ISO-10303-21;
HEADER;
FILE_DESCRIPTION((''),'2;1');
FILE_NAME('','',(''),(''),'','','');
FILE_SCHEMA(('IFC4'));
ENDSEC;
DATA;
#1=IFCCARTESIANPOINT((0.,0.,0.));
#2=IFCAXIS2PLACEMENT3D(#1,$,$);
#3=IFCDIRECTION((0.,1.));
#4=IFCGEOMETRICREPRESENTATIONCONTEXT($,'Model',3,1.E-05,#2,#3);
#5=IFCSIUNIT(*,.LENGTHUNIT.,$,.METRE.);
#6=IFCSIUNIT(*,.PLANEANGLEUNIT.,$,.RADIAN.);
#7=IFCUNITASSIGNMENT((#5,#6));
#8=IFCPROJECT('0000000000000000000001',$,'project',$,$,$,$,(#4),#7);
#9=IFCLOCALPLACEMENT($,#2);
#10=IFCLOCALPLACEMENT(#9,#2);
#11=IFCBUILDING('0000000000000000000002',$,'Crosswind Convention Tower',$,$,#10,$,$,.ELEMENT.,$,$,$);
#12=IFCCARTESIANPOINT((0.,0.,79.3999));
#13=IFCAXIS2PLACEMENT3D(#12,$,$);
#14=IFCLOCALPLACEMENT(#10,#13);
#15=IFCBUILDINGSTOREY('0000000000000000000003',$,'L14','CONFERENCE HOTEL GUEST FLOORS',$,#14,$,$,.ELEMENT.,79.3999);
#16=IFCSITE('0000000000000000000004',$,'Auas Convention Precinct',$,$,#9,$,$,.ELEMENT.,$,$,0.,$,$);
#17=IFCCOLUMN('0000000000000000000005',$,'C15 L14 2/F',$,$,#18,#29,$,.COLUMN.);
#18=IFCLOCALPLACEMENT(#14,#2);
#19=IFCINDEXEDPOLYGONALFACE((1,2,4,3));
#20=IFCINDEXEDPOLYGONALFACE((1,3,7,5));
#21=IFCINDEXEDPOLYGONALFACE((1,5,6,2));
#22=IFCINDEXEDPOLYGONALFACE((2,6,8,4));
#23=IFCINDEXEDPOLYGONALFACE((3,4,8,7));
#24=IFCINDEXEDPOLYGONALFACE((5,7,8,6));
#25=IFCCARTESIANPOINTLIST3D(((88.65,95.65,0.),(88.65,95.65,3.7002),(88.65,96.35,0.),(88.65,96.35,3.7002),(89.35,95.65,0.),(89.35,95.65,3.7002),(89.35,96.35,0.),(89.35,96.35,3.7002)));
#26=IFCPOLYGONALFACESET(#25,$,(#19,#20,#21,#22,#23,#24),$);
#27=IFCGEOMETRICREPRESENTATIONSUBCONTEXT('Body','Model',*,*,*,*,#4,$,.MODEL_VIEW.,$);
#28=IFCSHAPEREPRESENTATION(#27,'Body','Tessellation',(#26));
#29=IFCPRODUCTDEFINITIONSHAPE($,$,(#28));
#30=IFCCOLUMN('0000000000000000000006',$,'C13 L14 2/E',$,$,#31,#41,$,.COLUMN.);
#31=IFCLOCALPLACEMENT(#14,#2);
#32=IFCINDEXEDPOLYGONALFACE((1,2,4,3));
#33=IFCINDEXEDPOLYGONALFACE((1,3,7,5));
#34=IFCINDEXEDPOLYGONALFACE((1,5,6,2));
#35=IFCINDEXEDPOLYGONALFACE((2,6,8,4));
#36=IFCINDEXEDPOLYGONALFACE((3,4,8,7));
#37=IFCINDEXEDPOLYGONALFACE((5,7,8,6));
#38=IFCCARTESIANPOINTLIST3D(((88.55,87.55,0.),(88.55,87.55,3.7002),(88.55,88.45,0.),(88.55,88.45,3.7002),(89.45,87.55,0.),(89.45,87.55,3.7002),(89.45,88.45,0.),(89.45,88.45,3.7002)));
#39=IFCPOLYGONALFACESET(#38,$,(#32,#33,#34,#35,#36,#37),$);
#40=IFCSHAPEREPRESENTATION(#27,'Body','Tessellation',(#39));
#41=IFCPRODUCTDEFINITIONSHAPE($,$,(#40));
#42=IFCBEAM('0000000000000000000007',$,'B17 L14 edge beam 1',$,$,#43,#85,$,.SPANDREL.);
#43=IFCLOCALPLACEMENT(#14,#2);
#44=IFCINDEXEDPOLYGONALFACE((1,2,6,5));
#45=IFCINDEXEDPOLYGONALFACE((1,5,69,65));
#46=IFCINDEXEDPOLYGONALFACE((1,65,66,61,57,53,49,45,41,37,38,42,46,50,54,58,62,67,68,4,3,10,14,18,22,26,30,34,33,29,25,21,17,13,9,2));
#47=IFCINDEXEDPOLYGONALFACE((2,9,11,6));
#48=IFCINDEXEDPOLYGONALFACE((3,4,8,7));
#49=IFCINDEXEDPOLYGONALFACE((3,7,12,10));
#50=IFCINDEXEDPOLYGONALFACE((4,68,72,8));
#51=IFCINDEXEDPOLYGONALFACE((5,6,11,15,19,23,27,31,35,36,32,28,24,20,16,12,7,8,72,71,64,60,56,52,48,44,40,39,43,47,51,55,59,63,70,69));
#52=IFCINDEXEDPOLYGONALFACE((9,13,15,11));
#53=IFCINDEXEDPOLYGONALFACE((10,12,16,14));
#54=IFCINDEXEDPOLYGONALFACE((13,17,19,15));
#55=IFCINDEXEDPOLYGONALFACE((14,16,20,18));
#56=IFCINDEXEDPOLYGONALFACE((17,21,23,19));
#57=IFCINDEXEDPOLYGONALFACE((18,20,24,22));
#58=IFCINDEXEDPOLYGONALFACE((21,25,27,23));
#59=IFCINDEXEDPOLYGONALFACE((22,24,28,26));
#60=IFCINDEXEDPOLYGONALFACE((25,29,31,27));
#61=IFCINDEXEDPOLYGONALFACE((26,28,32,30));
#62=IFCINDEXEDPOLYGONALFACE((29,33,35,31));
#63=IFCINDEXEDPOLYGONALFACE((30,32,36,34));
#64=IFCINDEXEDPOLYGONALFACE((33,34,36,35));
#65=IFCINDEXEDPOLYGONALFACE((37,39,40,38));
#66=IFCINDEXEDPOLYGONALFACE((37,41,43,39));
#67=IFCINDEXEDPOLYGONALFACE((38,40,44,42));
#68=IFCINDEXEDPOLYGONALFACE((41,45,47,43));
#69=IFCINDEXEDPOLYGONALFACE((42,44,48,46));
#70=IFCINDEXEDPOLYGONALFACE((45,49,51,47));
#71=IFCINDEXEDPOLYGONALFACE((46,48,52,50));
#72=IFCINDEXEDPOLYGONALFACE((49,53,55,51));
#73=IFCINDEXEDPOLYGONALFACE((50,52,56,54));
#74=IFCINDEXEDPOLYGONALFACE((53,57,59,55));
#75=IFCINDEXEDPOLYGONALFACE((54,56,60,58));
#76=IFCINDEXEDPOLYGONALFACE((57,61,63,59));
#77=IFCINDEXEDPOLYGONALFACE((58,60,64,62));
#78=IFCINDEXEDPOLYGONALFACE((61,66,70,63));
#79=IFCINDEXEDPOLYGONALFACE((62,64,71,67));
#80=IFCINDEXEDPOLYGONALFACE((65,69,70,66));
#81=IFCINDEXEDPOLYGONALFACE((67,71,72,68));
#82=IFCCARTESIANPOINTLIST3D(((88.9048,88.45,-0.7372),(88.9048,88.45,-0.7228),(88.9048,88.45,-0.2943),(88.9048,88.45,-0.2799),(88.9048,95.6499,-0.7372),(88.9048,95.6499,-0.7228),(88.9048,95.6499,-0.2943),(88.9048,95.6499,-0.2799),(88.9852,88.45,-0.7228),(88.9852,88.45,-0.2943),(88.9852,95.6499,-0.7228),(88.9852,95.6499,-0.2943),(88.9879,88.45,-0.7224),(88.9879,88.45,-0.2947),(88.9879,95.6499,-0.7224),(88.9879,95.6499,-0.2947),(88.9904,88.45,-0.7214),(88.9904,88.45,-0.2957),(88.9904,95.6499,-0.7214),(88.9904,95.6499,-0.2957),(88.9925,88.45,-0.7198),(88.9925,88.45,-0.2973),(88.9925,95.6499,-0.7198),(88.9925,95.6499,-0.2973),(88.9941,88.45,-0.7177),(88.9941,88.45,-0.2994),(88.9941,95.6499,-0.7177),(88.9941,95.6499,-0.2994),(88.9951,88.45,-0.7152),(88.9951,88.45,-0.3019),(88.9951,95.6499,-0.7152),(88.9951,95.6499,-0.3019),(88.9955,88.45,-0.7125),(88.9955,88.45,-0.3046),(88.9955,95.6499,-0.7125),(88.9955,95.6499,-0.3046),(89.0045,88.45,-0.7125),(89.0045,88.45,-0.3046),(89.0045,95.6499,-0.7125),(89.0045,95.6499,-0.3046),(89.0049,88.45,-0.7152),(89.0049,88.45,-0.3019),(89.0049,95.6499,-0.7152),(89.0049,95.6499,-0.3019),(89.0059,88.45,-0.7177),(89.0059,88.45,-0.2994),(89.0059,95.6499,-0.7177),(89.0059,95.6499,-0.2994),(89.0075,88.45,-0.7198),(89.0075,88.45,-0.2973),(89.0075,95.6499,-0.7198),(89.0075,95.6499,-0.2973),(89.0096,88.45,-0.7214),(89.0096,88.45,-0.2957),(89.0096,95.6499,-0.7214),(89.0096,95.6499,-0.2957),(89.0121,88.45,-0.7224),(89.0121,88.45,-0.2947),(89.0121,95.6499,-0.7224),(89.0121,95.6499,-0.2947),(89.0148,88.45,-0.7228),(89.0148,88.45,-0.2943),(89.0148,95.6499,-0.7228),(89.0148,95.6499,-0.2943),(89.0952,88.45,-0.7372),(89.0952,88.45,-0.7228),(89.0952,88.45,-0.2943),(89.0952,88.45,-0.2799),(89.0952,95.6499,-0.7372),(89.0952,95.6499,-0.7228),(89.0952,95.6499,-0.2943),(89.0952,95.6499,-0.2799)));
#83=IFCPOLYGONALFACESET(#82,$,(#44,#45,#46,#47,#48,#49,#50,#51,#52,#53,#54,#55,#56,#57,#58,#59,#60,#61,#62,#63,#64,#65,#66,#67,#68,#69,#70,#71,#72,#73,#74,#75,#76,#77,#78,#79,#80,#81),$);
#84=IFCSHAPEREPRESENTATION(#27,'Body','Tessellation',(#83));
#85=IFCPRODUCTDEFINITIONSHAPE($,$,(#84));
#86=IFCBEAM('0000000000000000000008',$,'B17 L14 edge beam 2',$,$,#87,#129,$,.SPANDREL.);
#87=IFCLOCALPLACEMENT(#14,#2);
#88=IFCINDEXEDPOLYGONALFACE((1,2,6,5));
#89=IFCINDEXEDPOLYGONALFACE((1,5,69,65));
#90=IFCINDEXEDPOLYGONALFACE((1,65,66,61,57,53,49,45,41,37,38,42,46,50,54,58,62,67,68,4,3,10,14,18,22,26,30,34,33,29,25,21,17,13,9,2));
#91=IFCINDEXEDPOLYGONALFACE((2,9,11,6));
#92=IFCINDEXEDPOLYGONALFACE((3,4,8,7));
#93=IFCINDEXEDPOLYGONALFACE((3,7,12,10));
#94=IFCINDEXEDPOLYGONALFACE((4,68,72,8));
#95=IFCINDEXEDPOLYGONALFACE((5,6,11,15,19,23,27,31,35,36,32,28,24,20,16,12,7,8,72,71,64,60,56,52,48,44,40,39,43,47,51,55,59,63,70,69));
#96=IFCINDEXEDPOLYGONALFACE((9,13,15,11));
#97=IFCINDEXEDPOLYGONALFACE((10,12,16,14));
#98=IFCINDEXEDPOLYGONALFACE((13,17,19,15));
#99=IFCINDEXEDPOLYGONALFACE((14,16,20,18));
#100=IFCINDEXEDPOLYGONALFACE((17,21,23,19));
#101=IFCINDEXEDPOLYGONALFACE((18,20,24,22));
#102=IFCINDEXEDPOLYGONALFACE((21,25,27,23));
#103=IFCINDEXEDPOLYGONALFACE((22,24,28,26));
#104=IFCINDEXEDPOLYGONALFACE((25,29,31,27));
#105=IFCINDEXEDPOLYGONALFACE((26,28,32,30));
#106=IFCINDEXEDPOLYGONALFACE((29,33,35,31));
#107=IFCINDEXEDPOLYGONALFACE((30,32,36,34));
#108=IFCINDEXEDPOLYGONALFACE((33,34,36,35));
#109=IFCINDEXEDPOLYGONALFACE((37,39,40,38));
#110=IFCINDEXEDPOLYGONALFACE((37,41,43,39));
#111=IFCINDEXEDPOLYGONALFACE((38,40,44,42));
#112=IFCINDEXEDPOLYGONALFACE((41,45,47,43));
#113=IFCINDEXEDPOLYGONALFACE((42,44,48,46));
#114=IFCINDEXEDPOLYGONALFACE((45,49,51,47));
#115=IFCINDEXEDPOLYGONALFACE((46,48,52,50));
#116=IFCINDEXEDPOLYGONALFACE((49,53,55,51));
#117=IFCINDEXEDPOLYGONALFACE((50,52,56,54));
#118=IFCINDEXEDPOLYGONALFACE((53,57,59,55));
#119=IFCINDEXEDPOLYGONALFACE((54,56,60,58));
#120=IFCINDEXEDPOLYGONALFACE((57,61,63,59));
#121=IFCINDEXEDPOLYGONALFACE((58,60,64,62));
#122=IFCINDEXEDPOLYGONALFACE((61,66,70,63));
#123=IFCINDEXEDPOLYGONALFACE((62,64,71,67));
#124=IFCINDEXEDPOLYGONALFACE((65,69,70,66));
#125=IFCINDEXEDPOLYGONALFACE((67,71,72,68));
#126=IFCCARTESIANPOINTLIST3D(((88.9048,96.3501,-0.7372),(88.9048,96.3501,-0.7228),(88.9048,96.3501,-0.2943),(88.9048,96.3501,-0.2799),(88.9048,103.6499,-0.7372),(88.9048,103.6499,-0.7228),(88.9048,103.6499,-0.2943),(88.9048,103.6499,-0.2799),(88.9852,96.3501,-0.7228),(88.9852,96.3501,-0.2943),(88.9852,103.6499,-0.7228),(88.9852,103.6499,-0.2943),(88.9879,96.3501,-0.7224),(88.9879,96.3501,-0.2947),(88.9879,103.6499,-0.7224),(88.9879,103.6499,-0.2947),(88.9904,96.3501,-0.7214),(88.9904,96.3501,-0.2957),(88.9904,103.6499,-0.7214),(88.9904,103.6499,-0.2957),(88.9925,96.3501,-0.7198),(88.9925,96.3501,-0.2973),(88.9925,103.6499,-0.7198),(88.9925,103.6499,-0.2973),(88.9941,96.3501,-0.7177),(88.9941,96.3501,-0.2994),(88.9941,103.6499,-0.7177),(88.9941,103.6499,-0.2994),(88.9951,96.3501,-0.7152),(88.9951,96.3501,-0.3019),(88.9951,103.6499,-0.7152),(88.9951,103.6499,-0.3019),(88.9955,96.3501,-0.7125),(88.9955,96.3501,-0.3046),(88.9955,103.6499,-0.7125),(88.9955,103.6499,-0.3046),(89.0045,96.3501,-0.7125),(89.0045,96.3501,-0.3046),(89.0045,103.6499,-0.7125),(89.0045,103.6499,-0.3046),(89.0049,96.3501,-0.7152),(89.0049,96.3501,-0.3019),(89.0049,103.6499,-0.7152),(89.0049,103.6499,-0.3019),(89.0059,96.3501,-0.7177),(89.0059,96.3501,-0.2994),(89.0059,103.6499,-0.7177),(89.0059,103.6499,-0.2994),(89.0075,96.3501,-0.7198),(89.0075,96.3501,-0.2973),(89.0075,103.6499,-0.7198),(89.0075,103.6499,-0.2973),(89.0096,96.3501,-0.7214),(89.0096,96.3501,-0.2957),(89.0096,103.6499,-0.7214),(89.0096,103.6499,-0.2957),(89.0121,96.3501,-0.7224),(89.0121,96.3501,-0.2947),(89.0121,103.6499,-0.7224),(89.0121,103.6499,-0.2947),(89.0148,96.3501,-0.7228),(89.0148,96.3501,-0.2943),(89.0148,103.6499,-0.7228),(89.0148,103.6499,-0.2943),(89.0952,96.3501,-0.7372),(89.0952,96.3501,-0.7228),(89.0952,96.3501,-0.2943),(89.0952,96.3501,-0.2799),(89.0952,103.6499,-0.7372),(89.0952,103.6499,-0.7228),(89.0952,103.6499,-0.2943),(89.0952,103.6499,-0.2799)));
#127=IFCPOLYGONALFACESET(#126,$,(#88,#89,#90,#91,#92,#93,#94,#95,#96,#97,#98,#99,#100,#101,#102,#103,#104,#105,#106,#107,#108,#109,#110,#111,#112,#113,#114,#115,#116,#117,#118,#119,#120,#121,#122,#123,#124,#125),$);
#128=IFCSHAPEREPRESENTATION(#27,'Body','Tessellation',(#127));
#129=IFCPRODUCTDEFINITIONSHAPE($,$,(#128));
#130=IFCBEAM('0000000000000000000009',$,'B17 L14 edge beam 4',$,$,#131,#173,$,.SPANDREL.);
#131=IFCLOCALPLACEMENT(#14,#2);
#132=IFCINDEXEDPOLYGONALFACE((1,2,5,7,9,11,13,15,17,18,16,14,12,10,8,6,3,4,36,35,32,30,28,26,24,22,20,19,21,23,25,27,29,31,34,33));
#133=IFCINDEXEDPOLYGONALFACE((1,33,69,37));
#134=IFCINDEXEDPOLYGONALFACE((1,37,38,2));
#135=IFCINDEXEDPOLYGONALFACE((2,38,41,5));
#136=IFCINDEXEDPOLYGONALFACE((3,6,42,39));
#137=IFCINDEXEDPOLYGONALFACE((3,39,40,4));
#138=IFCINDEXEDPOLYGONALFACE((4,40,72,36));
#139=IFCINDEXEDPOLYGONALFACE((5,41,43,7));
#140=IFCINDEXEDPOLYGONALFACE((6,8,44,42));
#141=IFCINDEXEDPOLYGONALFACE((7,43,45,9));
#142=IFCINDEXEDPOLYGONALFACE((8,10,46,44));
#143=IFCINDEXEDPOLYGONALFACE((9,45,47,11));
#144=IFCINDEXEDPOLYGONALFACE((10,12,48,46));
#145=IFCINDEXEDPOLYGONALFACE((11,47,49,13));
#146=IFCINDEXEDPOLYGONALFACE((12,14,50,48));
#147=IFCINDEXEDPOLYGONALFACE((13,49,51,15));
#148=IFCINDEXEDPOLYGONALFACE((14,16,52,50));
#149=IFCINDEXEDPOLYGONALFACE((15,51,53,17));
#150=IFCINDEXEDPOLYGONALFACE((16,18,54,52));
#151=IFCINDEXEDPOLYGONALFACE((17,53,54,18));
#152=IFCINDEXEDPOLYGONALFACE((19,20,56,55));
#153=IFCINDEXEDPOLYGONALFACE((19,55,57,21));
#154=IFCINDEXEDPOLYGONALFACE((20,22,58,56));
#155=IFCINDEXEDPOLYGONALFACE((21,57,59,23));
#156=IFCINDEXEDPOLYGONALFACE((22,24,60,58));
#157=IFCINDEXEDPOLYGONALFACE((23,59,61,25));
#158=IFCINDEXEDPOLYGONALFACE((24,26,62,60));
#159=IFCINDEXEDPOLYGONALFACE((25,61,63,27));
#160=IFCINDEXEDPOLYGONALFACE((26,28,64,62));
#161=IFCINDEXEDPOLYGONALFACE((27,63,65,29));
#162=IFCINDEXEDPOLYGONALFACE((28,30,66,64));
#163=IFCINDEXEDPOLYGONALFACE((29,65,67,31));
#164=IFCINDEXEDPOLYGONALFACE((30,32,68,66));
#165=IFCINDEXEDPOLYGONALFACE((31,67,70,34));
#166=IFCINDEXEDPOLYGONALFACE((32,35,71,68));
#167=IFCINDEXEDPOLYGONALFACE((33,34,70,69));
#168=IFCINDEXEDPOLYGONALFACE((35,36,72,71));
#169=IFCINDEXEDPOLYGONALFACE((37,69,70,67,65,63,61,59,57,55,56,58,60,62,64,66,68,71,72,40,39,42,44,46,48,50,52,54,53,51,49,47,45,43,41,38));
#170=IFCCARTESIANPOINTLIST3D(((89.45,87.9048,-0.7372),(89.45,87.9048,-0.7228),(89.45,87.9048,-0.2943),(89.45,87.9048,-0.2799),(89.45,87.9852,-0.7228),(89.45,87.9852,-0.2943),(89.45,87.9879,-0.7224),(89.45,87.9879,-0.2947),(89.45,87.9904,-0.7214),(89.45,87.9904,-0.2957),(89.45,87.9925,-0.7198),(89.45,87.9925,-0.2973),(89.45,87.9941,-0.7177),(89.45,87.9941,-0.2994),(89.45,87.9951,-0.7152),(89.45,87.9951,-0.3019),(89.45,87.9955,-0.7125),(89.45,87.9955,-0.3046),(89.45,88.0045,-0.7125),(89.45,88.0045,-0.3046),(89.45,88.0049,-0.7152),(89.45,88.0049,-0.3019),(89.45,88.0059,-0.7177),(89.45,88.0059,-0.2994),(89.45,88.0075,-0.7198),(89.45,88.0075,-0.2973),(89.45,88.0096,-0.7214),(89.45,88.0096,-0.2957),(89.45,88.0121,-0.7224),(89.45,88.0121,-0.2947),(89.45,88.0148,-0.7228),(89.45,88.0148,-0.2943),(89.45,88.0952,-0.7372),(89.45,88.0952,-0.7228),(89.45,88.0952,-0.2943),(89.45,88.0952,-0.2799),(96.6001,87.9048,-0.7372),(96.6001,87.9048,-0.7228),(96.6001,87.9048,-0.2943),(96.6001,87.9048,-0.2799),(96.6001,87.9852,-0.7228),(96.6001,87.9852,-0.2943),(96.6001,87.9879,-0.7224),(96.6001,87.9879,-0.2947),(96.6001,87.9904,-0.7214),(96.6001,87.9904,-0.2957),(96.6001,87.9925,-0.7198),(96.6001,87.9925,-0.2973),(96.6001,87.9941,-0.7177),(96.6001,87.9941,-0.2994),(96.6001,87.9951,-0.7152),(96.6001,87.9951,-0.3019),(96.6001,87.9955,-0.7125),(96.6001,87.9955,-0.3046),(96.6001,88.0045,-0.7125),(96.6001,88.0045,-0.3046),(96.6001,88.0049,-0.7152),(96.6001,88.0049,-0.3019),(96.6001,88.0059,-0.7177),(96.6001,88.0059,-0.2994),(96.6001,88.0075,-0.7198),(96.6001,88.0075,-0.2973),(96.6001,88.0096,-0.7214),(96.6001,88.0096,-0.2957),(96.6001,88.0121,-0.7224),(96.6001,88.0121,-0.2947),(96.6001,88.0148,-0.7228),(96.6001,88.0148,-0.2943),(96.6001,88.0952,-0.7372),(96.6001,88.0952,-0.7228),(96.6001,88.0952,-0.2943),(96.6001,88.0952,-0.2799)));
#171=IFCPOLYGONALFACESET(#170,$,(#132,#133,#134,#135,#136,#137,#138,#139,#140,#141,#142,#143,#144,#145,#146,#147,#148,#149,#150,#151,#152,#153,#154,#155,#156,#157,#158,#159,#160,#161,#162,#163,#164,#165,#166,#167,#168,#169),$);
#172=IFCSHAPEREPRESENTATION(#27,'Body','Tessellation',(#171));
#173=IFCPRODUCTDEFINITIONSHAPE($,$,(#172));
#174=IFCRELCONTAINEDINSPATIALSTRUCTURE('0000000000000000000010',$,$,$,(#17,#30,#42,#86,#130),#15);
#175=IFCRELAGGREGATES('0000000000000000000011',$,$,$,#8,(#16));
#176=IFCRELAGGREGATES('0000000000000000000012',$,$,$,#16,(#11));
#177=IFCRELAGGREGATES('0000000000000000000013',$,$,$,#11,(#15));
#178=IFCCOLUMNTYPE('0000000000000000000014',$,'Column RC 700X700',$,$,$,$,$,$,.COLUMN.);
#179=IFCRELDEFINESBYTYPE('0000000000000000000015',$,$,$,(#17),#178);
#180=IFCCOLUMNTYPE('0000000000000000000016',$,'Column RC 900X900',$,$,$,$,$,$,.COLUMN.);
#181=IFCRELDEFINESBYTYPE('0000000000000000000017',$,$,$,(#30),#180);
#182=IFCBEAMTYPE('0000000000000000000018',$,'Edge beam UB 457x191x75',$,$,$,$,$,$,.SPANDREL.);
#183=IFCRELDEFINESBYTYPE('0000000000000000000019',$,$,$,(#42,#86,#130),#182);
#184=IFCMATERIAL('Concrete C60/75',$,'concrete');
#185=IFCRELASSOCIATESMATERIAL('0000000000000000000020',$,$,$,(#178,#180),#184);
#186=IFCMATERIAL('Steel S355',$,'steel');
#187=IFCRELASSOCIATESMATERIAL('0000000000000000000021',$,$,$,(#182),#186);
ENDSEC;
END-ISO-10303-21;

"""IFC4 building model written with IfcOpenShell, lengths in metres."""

from ifc_helpers import new_model, si_unit, direction, frame, origin, origin_2d, place, context, subcontext, project, spatial, rectangle, i_section, extrude, material, material_profile, profile_set, type_object, element, save


model = new_model("IFC4")

# Units and contexts
model_context = context("Model", 3, precision=1e-05, world=origin(), true_north=direction((0.0, 1.0)))
body_context = subcontext(model_context, "Body", "Model", "MODEL_VIEW")
ifc_project = project(units=[si_unit("LENGTHUNIT", "METRE"), si_unit("PLANEANGLEUNIT", "RADIAN")], contexts=[model_context])

# Site, building, storey
site_placement = place(None, origin())
site = spatial("IfcSite", under=ifc_project, at=site_placement, Name="Auas Convention Precinct", CompositionType="ELEMENT", RefElevation=0.0)
building_placement = place(site_placement, origin())
building = spatial("IfcBuilding", under=site, at=building_placement, Name="Crosswind Convention Tower", CompositionType="ELEMENT")
storey_placement = place(building_placement, frame((0.0, 0.0, 79.3999)))
storey = spatial("IfcBuildingStorey", under=building, at=storey_placement, Name="L14", Description="CONFERENCE HOTEL GUEST FLOORS", CompositionType="ELEMENT", Elevation=79.3999)

# Columns
ifc_material_1 = material(Name="Concrete C60/75", Category="concrete")
ifc_material_profile_1 = material_profile(ifc_material_1, rectangle(XDim=0.7, YDim=0.7, at=origin_2d()), Name="RC 700X700")
ifc_profile_set_1 = profile_set([ifc_material_profile_1], Name="Concrete C60/75")
column_type_1 = type_object("IfcColumnType", Name="Column RC 700X700", PredefinedType="COLUMN", material=ifc_profile_set_1)
column_1_placement = place(storey_placement, frame((89.0, 96.0, 0.0), z_axis=(0.0, 0.0, 1.0), x_axis=(1.0, 0.0, 0.0)))
element("IfcColumn", 1, at=column_1_placement, inside=storey, type_object=column_type_1, Name="C15 L14 2/F", PredefinedType="COLUMN", context=body_context, shape_type="SweptSolid", body=[
    extrude(rectangle(XDim=0.7, YDim=0.7, at=origin_2d()), origin(), (0.0, 0.0, 1.0), 3.7002),
])
ifc_material_profile_2 = material_profile(ifc_material_1, rectangle(XDim=0.8999, YDim=0.8999, at=origin_2d()), Name="RC 900X900")
ifc_profile_set_2 = profile_set([ifc_material_profile_2], Name="Concrete C60/75")
column_type_2 = type_object("IfcColumnType", Name="Column RC 900X900", PredefinedType="COLUMN", material=ifc_profile_set_2)
column_2_placement = place(storey_placement, frame((89.0, 88.0, 0.0), z_axis=(0.0, 0.0, 1.0), x_axis=(1.0, 0.0, 0.0)))
element("IfcColumn", 2, at=column_2_placement, inside=storey, type_object=column_type_2, Name="C13 L14 2/E", PredefinedType="COLUMN", context=body_context, shape_type="SweptSolid", body=[
    extrude(rectangle(XDim=0.8999, YDim=0.8999, at=origin_2d()), origin(), (0.0, 0.0, 1.0), 3.7002),
])

# Beams
ifc_material_2 = material(Name="Steel S355", Category="steel")
ifc_material_profile_3 = material_profile(ifc_material_2, i_section(OverallWidth=0.1904, OverallDepth=0.4573, WebThickness=0.009, FlangeThickness=0.0144, FilletRadius=0.0103, at=origin_2d()), Name="UB 457x191x75")
ifc_profile_set_3 = profile_set([ifc_material_profile_3], Name="Steel S355")
beam_type_1 = type_object("IfcBeamType", Name="Edge beam UB 457x191x75", PredefinedType="SPANDREL", material=ifc_profile_set_3)
beam_1_placement = place(storey_placement, frame((89.0, 88.45, -0.5085), z_axis=(0.0, 1.0, 0.0), x_axis=(-1.0, 0.0, 0.0)))
element("IfcBeam", 3, at=beam_1_placement, inside=storey, type_object=beam_type_1, Name="B17 L14 edge beam 1", PredefinedType="SPANDREL", context=body_context, shape_type="SweptSolid", body=[
    extrude(i_section(OverallWidth=0.1904, OverallDepth=0.4573, WebThickness=0.009, FlangeThickness=0.0144, FilletRadius=0.0103, at=origin_2d()), origin(), (0.0, 0.0, 1.0), 7.2),
])
beam_2_placement = place(storey_placement, frame((89.0, 96.3501, -0.5085), z_axis=(0.0, 1.0, 0.0), x_axis=(-1.0, 0.0, 0.0)))
element("IfcBeam", 4, at=beam_2_placement, inside=storey, type_object=beam_type_1, Name="B17 L14 edge beam 2", PredefinedType="SPANDREL", context=body_context, shape_type="SweptSolid", body=[
    extrude(i_section(OverallWidth=0.1904, OverallDepth=0.4573, WebThickness=0.009, FlangeThickness=0.0144, FilletRadius=0.0103, at=origin_2d()), origin(), (0.0, 0.0, 1.0), 7.2998),
])
beam_3_placement = place(storey_placement, frame((89.45, 88.0, -0.5085), z_axis=(1.0, 0.0, 0.0), x_axis=(0.0, 1.0, 0.0)))
element("IfcBeam", 5, at=beam_3_placement, inside=storey, type_object=beam_type_1, Name="B17 L14 edge beam 4", PredefinedType="SPANDREL", context=body_context, shape_type="SweptSolid", body=[
    extrude(i_section(OverallWidth=0.1904, OverallDepth=0.4573, WebThickness=0.009, FlangeThickness=0.0144, FilletRadius=0.0103, at=origin_2d()), origin(), (0.0, 0.0, 1.0), 7.1501),
])

save(model, "model.ifc")
